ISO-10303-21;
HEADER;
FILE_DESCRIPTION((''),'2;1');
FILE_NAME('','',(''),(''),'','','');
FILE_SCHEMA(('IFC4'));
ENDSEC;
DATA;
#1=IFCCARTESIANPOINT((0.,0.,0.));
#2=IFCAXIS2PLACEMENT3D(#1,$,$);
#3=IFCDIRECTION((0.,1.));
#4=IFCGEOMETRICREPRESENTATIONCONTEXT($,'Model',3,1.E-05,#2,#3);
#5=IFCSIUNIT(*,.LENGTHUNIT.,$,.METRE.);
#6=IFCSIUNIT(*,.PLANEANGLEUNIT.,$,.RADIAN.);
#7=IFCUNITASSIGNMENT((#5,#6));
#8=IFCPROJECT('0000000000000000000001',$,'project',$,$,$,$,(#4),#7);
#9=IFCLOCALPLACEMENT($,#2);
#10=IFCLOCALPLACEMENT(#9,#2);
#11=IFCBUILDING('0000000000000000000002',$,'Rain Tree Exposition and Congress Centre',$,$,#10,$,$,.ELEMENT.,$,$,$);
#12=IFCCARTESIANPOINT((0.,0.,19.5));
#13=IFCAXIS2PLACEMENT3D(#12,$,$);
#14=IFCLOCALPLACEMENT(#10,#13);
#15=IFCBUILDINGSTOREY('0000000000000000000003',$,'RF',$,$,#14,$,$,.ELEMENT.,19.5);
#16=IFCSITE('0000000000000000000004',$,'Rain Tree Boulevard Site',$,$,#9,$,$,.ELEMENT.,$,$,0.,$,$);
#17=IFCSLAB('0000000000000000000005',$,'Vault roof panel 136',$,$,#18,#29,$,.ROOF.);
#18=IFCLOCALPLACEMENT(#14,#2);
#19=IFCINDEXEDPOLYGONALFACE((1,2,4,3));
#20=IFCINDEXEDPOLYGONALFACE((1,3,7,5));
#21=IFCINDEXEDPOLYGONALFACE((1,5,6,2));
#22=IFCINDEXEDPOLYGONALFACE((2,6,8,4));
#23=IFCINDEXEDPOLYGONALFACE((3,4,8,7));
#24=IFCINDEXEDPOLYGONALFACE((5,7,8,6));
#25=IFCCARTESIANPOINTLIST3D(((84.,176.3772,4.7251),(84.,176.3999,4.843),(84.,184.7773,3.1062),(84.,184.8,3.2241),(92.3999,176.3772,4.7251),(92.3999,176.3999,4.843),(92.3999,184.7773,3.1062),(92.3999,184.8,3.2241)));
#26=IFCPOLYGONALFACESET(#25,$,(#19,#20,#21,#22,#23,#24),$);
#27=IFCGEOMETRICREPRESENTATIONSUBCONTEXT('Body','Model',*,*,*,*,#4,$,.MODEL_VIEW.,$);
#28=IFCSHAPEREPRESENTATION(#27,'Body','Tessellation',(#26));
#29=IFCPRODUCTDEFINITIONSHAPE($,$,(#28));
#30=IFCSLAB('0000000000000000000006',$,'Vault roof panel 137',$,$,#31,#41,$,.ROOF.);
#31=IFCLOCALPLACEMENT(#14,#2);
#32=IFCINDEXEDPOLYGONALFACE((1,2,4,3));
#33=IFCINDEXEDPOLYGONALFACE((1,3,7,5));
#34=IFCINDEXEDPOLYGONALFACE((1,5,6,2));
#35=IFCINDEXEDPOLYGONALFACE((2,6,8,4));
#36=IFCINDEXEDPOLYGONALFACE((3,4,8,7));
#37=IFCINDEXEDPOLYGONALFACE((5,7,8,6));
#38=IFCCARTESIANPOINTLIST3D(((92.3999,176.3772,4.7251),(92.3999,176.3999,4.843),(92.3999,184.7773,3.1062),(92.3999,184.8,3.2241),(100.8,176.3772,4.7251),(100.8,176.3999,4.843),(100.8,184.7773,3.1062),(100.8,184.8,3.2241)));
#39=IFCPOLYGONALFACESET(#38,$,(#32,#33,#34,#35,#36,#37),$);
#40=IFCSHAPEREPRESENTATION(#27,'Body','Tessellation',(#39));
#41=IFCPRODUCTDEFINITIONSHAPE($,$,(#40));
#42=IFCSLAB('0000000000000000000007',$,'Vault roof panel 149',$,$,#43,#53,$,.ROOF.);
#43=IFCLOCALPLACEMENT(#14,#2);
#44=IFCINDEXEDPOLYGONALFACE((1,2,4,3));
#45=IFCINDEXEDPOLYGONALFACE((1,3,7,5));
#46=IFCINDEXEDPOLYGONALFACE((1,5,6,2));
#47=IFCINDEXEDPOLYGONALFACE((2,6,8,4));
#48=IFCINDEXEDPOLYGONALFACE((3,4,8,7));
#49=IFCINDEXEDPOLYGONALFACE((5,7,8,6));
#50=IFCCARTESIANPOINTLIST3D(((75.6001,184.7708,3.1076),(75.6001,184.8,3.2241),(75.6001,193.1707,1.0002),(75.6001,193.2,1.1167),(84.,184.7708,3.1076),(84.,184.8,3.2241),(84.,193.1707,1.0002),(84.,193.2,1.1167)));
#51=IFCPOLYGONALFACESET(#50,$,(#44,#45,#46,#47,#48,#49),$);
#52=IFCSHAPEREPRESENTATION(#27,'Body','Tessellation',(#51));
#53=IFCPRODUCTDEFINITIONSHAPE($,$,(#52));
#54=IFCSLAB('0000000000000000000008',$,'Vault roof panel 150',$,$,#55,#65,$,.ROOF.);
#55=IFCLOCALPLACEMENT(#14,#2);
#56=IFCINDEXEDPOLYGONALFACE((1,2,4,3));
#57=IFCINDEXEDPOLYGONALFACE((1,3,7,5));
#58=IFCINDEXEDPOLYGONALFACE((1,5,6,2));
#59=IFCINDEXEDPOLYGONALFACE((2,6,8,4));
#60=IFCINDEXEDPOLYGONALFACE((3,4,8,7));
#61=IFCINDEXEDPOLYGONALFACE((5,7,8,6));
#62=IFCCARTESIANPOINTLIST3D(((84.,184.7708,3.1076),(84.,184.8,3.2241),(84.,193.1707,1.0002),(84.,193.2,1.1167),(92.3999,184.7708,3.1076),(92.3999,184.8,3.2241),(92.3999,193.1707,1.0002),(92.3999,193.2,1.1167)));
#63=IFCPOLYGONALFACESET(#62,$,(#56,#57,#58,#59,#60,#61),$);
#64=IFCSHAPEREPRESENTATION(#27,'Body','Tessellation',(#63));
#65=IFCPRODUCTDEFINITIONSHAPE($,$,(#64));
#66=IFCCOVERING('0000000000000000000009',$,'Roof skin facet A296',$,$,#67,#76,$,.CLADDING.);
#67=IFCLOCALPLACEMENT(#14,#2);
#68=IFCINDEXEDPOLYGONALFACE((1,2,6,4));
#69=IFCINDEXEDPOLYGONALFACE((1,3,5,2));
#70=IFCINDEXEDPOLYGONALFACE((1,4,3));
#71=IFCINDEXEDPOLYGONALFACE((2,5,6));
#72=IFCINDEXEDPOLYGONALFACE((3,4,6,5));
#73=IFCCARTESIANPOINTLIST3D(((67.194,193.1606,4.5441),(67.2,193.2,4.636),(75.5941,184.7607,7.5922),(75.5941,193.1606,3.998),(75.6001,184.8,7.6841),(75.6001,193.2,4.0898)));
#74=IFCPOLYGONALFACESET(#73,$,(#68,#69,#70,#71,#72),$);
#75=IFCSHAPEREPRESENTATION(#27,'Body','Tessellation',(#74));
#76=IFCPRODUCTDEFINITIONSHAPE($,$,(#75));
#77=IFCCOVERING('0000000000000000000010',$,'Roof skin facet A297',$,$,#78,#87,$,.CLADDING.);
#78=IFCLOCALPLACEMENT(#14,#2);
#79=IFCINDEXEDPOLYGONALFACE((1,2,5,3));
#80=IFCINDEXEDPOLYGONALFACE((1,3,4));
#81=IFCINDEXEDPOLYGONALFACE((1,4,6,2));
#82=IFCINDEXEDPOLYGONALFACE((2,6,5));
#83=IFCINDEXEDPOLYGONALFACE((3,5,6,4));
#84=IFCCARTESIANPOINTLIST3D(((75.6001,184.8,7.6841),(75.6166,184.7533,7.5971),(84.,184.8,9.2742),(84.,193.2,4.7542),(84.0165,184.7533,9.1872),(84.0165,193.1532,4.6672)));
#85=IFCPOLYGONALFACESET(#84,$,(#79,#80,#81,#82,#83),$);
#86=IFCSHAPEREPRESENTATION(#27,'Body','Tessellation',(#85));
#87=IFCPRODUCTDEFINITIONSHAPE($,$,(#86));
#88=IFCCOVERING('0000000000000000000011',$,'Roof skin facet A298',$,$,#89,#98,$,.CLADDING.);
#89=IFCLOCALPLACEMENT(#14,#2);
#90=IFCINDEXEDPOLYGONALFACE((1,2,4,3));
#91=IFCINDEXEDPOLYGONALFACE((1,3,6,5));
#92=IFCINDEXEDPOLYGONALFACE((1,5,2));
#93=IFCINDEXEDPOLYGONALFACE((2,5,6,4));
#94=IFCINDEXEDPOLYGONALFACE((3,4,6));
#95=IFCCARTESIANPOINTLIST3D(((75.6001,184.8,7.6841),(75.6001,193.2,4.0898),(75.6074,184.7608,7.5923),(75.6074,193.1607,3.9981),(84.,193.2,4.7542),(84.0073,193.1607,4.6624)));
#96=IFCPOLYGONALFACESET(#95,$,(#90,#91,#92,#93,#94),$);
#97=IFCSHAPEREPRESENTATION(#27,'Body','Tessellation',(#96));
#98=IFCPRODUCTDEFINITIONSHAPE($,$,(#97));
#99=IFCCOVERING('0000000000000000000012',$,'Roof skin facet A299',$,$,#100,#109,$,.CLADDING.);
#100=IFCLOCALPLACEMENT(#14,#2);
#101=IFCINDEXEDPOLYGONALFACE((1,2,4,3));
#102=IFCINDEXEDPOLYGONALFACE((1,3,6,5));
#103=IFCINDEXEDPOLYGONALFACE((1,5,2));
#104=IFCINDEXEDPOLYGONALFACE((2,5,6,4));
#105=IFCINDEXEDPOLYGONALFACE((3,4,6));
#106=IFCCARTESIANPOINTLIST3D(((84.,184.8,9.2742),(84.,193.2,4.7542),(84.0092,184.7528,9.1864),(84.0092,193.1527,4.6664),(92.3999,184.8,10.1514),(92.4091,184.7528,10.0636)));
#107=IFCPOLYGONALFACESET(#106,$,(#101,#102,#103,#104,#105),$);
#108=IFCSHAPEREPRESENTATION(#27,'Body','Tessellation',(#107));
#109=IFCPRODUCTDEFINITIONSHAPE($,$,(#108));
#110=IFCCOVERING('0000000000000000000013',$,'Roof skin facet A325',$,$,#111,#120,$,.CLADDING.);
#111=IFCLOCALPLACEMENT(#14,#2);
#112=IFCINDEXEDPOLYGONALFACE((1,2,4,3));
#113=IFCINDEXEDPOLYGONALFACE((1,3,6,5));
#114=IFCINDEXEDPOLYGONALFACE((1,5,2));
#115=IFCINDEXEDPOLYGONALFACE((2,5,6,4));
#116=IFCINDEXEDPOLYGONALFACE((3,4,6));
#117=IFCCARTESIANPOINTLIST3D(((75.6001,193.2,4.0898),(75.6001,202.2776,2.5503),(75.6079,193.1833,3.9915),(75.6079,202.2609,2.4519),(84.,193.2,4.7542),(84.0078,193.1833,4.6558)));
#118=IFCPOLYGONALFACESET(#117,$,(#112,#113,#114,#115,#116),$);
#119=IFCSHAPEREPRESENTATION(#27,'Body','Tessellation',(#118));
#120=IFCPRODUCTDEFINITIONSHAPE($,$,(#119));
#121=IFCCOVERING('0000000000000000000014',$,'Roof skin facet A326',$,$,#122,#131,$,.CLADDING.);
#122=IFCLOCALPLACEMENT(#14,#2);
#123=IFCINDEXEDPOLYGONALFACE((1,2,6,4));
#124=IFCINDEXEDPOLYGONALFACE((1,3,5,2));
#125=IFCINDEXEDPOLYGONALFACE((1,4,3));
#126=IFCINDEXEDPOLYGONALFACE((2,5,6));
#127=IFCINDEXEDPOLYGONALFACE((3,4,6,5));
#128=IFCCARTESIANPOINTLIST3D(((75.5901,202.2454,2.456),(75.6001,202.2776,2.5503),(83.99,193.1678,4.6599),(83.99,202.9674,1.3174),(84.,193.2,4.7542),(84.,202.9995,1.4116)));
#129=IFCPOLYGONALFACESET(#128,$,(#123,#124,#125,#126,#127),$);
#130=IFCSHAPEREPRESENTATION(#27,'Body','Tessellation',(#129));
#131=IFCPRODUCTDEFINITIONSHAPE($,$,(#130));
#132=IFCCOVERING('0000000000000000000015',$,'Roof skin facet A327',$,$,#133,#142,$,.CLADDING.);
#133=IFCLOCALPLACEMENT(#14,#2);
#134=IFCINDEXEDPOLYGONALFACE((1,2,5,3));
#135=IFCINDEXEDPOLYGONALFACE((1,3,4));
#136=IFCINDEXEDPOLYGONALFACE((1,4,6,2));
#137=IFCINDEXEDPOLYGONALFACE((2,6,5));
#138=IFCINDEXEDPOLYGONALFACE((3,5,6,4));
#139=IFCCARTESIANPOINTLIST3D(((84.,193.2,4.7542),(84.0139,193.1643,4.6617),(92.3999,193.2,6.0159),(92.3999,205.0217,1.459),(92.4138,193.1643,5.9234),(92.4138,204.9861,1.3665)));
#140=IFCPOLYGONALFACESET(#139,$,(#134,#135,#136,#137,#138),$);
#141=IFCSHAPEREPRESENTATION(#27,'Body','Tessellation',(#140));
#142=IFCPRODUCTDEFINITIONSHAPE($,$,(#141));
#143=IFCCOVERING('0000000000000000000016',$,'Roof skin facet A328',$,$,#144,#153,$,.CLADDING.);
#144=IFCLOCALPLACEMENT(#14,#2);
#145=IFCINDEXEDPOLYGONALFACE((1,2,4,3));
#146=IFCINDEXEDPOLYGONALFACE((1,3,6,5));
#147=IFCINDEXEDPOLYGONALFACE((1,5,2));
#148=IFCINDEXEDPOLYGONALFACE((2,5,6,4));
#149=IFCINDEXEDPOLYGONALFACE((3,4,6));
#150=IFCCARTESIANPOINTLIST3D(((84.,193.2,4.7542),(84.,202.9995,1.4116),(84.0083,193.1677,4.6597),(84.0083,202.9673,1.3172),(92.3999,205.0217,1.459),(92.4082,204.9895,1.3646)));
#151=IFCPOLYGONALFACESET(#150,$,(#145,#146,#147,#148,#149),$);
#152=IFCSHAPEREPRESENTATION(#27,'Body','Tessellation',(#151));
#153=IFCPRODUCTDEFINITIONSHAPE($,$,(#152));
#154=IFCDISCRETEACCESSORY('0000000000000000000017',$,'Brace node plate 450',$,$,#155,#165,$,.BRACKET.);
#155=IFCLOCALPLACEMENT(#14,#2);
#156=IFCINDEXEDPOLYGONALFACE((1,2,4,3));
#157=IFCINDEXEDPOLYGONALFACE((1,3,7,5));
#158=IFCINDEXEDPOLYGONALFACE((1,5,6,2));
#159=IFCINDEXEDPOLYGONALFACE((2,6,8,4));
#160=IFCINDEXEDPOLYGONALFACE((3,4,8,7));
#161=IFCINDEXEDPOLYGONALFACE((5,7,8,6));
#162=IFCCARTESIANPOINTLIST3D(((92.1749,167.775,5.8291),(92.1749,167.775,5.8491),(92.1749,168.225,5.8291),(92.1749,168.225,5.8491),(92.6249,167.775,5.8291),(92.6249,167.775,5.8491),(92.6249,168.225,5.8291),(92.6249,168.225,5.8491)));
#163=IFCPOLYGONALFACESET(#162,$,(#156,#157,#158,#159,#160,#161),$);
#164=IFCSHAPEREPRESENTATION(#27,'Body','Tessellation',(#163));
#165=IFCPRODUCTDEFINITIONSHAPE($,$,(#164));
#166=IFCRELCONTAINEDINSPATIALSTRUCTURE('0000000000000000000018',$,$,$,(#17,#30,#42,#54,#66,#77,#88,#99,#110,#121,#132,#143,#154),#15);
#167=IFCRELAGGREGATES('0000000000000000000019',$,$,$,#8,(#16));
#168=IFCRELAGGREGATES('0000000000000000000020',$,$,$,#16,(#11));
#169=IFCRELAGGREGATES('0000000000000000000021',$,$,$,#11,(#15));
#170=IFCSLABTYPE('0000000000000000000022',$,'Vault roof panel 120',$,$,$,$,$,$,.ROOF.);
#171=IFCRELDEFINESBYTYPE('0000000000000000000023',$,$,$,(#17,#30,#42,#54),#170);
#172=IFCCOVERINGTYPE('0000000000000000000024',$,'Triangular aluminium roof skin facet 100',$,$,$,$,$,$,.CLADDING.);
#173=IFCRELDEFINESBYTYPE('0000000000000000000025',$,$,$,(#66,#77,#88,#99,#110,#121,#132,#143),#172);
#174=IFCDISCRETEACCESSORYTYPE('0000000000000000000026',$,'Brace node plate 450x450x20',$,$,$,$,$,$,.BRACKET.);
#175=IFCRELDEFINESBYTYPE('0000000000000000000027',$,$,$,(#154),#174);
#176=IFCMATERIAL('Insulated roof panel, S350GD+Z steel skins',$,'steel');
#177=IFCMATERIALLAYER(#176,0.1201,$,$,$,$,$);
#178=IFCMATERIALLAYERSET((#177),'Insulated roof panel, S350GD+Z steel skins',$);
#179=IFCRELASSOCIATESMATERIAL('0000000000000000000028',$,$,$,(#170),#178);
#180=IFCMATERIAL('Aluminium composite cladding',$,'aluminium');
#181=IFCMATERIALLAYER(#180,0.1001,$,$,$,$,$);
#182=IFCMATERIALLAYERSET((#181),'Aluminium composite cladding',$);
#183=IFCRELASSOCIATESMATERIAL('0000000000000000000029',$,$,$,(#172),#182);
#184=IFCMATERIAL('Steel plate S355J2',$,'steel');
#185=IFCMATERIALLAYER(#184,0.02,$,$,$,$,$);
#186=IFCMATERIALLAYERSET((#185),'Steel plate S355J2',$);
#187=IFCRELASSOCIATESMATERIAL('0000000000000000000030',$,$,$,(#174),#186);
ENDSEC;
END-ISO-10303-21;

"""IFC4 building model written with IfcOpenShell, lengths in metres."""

from ifc_helpers import new_model, si_unit, direction, frame, origin, origin_2d, place, context, subcontext, project, spatial, polyline, rectangle, outline, extrude, material, layer, layer_set, type_object, element, save


model = new_model("IFC4")

# Units and contexts
model_context = context("Model", 3, precision=1e-05, world=origin(), true_north=direction((0.0, 1.0)))
body_context = subcontext(model_context, "Body", "Model", "MODEL_VIEW")
ifc_project = project(units=[si_unit("LENGTHUNIT", "METRE"), si_unit("PLANEANGLEUNIT", "RADIAN")], contexts=[model_context])

# Site, building, storey
site_placement = place(None, origin())
site = spatial("IfcSite", under=ifc_project, at=site_placement, Name="Rain Tree Boulevard Site", CompositionType="ELEMENT", RefElevation=0.0)
building_placement = place(site_placement, origin())
building = spatial("IfcBuilding", under=site, at=building_placement, Name="Rain Tree Exposition and Congress Centre", CompositionType="ELEMENT")
storey_placement = place(building_placement, frame((0.0, 0.0, 19.5)))
storey = spatial("IfcBuildingStorey", under=building, at=storey_placement, Name="RF", CompositionType="ELEMENT", Elevation=19.5)

# Slabs
ifc_material_1 = material(Name="Insulated roof panel, S350GD+Z steel skins", Category="steel")
ifc_layer_1 = layer(ifc_material_1, 0.1201)
ifc_layer_set_1 = layer_set([ifc_layer_1], Name="Insulated roof panel, S350GD+Z steel skins")
slab_type = type_object("IfcSlabType", Name="Vault roof panel 120", PredefinedType="ROOF", material=ifc_layer_set_1)
slab_1_placement = place(storey_placement, frame((84.0, 176.3999, 4.843), z_axis=(0.0, 0.18924, 0.981931), x_axis=(1.0, 0.0, 0.0)))
element("IfcSlab", 1, at=slab_1_placement, inside=storey, type_object=slab_type, Name="Vault roof panel 136", PredefinedType="ROOF", context=body_context, shape_type="SweptSolid", body=[
    extrude(outline(polyline([(0.0, 0.0), (8.3999, 0.0), (8.3999, 8.5547), (0.0, 8.5547), (0.0, 0.0)])), origin(), (0.0, 0.0, -1.0), 0.1201),
])
slab_2_placement = place(storey_placement, frame((92.3999, 176.3999, 4.843), z_axis=(0.0, 0.18924, 0.981931), x_axis=(1.0, 0.0, 0.0)))
element("IfcSlab", 2, at=slab_2_placement, inside=storey, type_object=slab_type, Name="Vault roof panel 137", PredefinedType="ROOF", context=body_context, shape_type="SweptSolid", body=[
    extrude(outline(polyline([(0.0, 0.0), (8.4001, 0.0), (8.4001, 8.5547), (0.0, 8.5547), (0.0, 0.0)])), origin(), (0.0, 0.0, -1.0), 0.1201),
])
for number, where, z_axis, x_axis, name in (
    (3, (75.6001, 184.8, 3.2241), (0.0, 0.243345, 0.96994), (1.0, 0.0, 0.0), "Vault roof panel 149"),
    (4, (84.0, 184.8, 3.2241), (0.0, 0.243345, 0.96994), (1.0, 0.0, 0.0), "Vault roof panel 150"),
):
    element("IfcSlab", number, at=place(storey_placement, frame(where, z_axis=z_axis, x_axis=x_axis)), inside=storey, type_object=slab_type, Name=name, PredefinedType="ROOF", context=body_context, shape_type="SweptSolid", body=[
        extrude(outline(polyline([(0.0, 0.0), (8.3999, 0.0), (8.3999, 8.6602), (0.0, 8.6602), (0.0, 0.0)])), origin(), (0.0, 0.0, -1.0), 0.1201),
    ])

# Coverings
ifc_material_2 = material(Name="Aluminium composite cladding", Category="aluminium")
ifc_layer_2 = layer(ifc_material_2, 0.1001)
ifc_layer_set_2 = layer_set([ifc_layer_2], Name="Aluminium composite cladding")
covering_type = type_object("IfcCoveringType", Name="Triangular aluminium roof skin facet 100", PredefinedType="CLADDING", material=ifc_layer_set_2)
covering_1_placement = place(storey_placement, frame((75.6001, 184.8, 7.6841), z_axis=(0.059667, 0.392689, 0.917734), x_axis=(0.0, 0.919372, -0.39339)))
element("IfcCovering", 5, at=covering_1_placement, inside=storey, type_object=covering_type, Name="Roof skin facet A296", PredefinedType="CLADDING", context=body_context, shape_type="SweptSolid", body=[
    extrude(outline(polyline([(0.0, 0.0), (9.1366, 0.0), (8.9217, 8.4151), (0.0, 0.0)])), origin(), (0.0, 0.0, -1.0), 0.1001),
])
covering_2_placement = place(storey_placement, frame((75.6001, 184.8, 7.6841), z_axis=(-0.164428, 0.467406, 0.868617), x_axis=(0.982551, 0.0, 0.185995)))
element("IfcCovering", 6, at=covering_2_placement, inside=storey, type_object=covering_type, Name="Roof skin facet A297", PredefinedType="CLADDING", context=body_context, shape_type="SweptSolid", body=[
    extrude(outline(polyline([(0.0, 0.0), (8.5491, 0.0), (7.7084, 9.5017), (0.0, 0.0)])), origin(), (0.0, 0.0, -1.0), 0.1001),
])
covering_3_placement = place(storey_placement, frame((75.6001, 184.8, 7.6841), z_axis=(-0.072517, 0.392355, 0.916951), x_axis=(0.686533, 0.686533, -0.239467)))
element("IfcCovering", 7, at=covering_3_placement, inside=storey, type_object=covering_type, Name="Roof skin facet A298", PredefinedType="CLADDING", context=body_context, shape_type="SweptSolid", body=[
    extrude(outline(polyline([(0.0, 0.0), (12.2352, 0.0), (6.6275, 6.2891), (0.0, 0.0)])), origin(), (0.0, 0.0, -1.0), 0.1001),
])
covering_4_placement = place(storey_placement, frame((84.0, 184.8, 9.2742), z_axis=(-0.091574, 0.471865, 0.876902), x_axis=(0.994591, 0.0, 0.103865)))
element("IfcCovering", 8, at=covering_4_placement, inside=storey, type_object=covering_type, Name="Roof skin facet A299", PredefinedType="CLADDING", context=body_context, shape_type="SweptSolid", body=[
    extrude(outline(polyline([(0.0, 0.0), (8.4456, 0.0), (-0.4695, 9.5273), (0.0, 0.0)])), origin(), (0.0, 0.0, -1.0), 0.1001),
])
covering_5_placement = place(storey_placement, frame((75.6001, 193.2, 4.0898), z_axis=(-0.077736, 0.166704, 0.982938), x_axis=(0.996887, 0.0, 0.078839)))
element("IfcCovering", 9, at=covering_5_placement, inside=storey, type_object=covering_type, Name="Roof skin facet A325", PredefinedType="CLADDING", context=body_context, shape_type="SweptSolid", body=[
    extrude(outline(polyline([(0.0, 0.0), (8.4261, 0.0), (-0.1214, 9.2065), (0.0, 0.0)])), origin(), (0.0, 0.0, -1.0), 0.1001),
])
covering_6_placement = place(storey_placement, frame((84.0, 193.2, 4.7542), z_axis=(0.10005, 0.321207, 0.941709), x_axis=(0.0, 0.946458, -0.322827)))
element("IfcCovering", 10, at=covering_6_placement, inside=storey, type_object=covering_type, Name="Roof skin facet A326", PredefinedType="CLADDING", context=body_context, shape_type="SweptSolid", body=[
    extrude(outline(polyline([(0.0, 0.0), (10.3539, 0.0), (9.3031, 8.4423), (0.0, 0.0)])), origin(), (0.0, 0.0, -1.0), 0.1001),
])
covering_7_placement = place(storey_placement, frame((84.0, 193.2, 4.7542), z_axis=(-0.138798, 0.356188, 0.924048), x_axis=(0.988906, 0.0, 0.14854)))
element("IfcCovering", 11, at=covering_7_placement, inside=storey, type_object=covering_type, Name="Roof skin facet A327", PredefinedType="CLADDING", context=body_context, shape_type="SweptSolid", body=[
    extrude(outline(polyline([(0.0, 0.0), (8.4941, 0.0), (7.8173, 12.6515), (0.0, 0.0)])), origin(), (0.0, 0.0, -1.0), 0.1001),
])
covering_8_placement = place(storey_placement, frame((84.0, 193.2, 4.7542), z_axis=(-0.08277, 0.321719, 0.94321), x_axis=(0.56482, 0.794912, -0.221571)))
element("IfcCovering", 12, at=covering_8_placement, inside=storey, type_object=covering_type, Name="Roof skin facet A328", PredefinedType="CLADDING", context=body_context, shape_type="SweptSolid", body=[
    extrude(outline(polyline([(0.0, 0.0), (14.8718, 0.0), (8.5304, 5.8682), (0.0, 0.0)])), origin(), (0.0, 0.0, -1.0), 0.1001),
])

# Discrete accessory
ifc_material_3 = material(Name="Steel plate S355J2", Category="steel")
ifc_layer_3 = layer(ifc_material_3, 0.02)
ifc_layer_set_3 = layer_set([ifc_layer_3], Name="Steel plate S355J2")
discrete_accessory_type_1 = type_object("IfcDiscreteAccessoryType", Name="Brace node plate 450x450x20", PredefinedType="BRACKET", material=ifc_layer_set_3)
discrete_accessory_1_placement = place(storey_placement, frame((92.3999, 168.0, 5.8291), z_axis=(0.0, 0.0, 1.0), x_axis=(1.0, 0.0, 0.0)))
element("IfcDiscreteAccessory", 13, at=discrete_accessory_1_placement, inside=storey, type_object=discrete_accessory_type_1, Name="Brace node plate 450", PredefinedType="BRACKET", context=body_context, shape_type="SweptSolid", body=[
    extrude(rectangle(XDim=0.45, YDim=0.45, at=origin_2d()), origin(), (0.0, 0.0, 1.0), 0.02),
])

save(model, "model.ifc")
